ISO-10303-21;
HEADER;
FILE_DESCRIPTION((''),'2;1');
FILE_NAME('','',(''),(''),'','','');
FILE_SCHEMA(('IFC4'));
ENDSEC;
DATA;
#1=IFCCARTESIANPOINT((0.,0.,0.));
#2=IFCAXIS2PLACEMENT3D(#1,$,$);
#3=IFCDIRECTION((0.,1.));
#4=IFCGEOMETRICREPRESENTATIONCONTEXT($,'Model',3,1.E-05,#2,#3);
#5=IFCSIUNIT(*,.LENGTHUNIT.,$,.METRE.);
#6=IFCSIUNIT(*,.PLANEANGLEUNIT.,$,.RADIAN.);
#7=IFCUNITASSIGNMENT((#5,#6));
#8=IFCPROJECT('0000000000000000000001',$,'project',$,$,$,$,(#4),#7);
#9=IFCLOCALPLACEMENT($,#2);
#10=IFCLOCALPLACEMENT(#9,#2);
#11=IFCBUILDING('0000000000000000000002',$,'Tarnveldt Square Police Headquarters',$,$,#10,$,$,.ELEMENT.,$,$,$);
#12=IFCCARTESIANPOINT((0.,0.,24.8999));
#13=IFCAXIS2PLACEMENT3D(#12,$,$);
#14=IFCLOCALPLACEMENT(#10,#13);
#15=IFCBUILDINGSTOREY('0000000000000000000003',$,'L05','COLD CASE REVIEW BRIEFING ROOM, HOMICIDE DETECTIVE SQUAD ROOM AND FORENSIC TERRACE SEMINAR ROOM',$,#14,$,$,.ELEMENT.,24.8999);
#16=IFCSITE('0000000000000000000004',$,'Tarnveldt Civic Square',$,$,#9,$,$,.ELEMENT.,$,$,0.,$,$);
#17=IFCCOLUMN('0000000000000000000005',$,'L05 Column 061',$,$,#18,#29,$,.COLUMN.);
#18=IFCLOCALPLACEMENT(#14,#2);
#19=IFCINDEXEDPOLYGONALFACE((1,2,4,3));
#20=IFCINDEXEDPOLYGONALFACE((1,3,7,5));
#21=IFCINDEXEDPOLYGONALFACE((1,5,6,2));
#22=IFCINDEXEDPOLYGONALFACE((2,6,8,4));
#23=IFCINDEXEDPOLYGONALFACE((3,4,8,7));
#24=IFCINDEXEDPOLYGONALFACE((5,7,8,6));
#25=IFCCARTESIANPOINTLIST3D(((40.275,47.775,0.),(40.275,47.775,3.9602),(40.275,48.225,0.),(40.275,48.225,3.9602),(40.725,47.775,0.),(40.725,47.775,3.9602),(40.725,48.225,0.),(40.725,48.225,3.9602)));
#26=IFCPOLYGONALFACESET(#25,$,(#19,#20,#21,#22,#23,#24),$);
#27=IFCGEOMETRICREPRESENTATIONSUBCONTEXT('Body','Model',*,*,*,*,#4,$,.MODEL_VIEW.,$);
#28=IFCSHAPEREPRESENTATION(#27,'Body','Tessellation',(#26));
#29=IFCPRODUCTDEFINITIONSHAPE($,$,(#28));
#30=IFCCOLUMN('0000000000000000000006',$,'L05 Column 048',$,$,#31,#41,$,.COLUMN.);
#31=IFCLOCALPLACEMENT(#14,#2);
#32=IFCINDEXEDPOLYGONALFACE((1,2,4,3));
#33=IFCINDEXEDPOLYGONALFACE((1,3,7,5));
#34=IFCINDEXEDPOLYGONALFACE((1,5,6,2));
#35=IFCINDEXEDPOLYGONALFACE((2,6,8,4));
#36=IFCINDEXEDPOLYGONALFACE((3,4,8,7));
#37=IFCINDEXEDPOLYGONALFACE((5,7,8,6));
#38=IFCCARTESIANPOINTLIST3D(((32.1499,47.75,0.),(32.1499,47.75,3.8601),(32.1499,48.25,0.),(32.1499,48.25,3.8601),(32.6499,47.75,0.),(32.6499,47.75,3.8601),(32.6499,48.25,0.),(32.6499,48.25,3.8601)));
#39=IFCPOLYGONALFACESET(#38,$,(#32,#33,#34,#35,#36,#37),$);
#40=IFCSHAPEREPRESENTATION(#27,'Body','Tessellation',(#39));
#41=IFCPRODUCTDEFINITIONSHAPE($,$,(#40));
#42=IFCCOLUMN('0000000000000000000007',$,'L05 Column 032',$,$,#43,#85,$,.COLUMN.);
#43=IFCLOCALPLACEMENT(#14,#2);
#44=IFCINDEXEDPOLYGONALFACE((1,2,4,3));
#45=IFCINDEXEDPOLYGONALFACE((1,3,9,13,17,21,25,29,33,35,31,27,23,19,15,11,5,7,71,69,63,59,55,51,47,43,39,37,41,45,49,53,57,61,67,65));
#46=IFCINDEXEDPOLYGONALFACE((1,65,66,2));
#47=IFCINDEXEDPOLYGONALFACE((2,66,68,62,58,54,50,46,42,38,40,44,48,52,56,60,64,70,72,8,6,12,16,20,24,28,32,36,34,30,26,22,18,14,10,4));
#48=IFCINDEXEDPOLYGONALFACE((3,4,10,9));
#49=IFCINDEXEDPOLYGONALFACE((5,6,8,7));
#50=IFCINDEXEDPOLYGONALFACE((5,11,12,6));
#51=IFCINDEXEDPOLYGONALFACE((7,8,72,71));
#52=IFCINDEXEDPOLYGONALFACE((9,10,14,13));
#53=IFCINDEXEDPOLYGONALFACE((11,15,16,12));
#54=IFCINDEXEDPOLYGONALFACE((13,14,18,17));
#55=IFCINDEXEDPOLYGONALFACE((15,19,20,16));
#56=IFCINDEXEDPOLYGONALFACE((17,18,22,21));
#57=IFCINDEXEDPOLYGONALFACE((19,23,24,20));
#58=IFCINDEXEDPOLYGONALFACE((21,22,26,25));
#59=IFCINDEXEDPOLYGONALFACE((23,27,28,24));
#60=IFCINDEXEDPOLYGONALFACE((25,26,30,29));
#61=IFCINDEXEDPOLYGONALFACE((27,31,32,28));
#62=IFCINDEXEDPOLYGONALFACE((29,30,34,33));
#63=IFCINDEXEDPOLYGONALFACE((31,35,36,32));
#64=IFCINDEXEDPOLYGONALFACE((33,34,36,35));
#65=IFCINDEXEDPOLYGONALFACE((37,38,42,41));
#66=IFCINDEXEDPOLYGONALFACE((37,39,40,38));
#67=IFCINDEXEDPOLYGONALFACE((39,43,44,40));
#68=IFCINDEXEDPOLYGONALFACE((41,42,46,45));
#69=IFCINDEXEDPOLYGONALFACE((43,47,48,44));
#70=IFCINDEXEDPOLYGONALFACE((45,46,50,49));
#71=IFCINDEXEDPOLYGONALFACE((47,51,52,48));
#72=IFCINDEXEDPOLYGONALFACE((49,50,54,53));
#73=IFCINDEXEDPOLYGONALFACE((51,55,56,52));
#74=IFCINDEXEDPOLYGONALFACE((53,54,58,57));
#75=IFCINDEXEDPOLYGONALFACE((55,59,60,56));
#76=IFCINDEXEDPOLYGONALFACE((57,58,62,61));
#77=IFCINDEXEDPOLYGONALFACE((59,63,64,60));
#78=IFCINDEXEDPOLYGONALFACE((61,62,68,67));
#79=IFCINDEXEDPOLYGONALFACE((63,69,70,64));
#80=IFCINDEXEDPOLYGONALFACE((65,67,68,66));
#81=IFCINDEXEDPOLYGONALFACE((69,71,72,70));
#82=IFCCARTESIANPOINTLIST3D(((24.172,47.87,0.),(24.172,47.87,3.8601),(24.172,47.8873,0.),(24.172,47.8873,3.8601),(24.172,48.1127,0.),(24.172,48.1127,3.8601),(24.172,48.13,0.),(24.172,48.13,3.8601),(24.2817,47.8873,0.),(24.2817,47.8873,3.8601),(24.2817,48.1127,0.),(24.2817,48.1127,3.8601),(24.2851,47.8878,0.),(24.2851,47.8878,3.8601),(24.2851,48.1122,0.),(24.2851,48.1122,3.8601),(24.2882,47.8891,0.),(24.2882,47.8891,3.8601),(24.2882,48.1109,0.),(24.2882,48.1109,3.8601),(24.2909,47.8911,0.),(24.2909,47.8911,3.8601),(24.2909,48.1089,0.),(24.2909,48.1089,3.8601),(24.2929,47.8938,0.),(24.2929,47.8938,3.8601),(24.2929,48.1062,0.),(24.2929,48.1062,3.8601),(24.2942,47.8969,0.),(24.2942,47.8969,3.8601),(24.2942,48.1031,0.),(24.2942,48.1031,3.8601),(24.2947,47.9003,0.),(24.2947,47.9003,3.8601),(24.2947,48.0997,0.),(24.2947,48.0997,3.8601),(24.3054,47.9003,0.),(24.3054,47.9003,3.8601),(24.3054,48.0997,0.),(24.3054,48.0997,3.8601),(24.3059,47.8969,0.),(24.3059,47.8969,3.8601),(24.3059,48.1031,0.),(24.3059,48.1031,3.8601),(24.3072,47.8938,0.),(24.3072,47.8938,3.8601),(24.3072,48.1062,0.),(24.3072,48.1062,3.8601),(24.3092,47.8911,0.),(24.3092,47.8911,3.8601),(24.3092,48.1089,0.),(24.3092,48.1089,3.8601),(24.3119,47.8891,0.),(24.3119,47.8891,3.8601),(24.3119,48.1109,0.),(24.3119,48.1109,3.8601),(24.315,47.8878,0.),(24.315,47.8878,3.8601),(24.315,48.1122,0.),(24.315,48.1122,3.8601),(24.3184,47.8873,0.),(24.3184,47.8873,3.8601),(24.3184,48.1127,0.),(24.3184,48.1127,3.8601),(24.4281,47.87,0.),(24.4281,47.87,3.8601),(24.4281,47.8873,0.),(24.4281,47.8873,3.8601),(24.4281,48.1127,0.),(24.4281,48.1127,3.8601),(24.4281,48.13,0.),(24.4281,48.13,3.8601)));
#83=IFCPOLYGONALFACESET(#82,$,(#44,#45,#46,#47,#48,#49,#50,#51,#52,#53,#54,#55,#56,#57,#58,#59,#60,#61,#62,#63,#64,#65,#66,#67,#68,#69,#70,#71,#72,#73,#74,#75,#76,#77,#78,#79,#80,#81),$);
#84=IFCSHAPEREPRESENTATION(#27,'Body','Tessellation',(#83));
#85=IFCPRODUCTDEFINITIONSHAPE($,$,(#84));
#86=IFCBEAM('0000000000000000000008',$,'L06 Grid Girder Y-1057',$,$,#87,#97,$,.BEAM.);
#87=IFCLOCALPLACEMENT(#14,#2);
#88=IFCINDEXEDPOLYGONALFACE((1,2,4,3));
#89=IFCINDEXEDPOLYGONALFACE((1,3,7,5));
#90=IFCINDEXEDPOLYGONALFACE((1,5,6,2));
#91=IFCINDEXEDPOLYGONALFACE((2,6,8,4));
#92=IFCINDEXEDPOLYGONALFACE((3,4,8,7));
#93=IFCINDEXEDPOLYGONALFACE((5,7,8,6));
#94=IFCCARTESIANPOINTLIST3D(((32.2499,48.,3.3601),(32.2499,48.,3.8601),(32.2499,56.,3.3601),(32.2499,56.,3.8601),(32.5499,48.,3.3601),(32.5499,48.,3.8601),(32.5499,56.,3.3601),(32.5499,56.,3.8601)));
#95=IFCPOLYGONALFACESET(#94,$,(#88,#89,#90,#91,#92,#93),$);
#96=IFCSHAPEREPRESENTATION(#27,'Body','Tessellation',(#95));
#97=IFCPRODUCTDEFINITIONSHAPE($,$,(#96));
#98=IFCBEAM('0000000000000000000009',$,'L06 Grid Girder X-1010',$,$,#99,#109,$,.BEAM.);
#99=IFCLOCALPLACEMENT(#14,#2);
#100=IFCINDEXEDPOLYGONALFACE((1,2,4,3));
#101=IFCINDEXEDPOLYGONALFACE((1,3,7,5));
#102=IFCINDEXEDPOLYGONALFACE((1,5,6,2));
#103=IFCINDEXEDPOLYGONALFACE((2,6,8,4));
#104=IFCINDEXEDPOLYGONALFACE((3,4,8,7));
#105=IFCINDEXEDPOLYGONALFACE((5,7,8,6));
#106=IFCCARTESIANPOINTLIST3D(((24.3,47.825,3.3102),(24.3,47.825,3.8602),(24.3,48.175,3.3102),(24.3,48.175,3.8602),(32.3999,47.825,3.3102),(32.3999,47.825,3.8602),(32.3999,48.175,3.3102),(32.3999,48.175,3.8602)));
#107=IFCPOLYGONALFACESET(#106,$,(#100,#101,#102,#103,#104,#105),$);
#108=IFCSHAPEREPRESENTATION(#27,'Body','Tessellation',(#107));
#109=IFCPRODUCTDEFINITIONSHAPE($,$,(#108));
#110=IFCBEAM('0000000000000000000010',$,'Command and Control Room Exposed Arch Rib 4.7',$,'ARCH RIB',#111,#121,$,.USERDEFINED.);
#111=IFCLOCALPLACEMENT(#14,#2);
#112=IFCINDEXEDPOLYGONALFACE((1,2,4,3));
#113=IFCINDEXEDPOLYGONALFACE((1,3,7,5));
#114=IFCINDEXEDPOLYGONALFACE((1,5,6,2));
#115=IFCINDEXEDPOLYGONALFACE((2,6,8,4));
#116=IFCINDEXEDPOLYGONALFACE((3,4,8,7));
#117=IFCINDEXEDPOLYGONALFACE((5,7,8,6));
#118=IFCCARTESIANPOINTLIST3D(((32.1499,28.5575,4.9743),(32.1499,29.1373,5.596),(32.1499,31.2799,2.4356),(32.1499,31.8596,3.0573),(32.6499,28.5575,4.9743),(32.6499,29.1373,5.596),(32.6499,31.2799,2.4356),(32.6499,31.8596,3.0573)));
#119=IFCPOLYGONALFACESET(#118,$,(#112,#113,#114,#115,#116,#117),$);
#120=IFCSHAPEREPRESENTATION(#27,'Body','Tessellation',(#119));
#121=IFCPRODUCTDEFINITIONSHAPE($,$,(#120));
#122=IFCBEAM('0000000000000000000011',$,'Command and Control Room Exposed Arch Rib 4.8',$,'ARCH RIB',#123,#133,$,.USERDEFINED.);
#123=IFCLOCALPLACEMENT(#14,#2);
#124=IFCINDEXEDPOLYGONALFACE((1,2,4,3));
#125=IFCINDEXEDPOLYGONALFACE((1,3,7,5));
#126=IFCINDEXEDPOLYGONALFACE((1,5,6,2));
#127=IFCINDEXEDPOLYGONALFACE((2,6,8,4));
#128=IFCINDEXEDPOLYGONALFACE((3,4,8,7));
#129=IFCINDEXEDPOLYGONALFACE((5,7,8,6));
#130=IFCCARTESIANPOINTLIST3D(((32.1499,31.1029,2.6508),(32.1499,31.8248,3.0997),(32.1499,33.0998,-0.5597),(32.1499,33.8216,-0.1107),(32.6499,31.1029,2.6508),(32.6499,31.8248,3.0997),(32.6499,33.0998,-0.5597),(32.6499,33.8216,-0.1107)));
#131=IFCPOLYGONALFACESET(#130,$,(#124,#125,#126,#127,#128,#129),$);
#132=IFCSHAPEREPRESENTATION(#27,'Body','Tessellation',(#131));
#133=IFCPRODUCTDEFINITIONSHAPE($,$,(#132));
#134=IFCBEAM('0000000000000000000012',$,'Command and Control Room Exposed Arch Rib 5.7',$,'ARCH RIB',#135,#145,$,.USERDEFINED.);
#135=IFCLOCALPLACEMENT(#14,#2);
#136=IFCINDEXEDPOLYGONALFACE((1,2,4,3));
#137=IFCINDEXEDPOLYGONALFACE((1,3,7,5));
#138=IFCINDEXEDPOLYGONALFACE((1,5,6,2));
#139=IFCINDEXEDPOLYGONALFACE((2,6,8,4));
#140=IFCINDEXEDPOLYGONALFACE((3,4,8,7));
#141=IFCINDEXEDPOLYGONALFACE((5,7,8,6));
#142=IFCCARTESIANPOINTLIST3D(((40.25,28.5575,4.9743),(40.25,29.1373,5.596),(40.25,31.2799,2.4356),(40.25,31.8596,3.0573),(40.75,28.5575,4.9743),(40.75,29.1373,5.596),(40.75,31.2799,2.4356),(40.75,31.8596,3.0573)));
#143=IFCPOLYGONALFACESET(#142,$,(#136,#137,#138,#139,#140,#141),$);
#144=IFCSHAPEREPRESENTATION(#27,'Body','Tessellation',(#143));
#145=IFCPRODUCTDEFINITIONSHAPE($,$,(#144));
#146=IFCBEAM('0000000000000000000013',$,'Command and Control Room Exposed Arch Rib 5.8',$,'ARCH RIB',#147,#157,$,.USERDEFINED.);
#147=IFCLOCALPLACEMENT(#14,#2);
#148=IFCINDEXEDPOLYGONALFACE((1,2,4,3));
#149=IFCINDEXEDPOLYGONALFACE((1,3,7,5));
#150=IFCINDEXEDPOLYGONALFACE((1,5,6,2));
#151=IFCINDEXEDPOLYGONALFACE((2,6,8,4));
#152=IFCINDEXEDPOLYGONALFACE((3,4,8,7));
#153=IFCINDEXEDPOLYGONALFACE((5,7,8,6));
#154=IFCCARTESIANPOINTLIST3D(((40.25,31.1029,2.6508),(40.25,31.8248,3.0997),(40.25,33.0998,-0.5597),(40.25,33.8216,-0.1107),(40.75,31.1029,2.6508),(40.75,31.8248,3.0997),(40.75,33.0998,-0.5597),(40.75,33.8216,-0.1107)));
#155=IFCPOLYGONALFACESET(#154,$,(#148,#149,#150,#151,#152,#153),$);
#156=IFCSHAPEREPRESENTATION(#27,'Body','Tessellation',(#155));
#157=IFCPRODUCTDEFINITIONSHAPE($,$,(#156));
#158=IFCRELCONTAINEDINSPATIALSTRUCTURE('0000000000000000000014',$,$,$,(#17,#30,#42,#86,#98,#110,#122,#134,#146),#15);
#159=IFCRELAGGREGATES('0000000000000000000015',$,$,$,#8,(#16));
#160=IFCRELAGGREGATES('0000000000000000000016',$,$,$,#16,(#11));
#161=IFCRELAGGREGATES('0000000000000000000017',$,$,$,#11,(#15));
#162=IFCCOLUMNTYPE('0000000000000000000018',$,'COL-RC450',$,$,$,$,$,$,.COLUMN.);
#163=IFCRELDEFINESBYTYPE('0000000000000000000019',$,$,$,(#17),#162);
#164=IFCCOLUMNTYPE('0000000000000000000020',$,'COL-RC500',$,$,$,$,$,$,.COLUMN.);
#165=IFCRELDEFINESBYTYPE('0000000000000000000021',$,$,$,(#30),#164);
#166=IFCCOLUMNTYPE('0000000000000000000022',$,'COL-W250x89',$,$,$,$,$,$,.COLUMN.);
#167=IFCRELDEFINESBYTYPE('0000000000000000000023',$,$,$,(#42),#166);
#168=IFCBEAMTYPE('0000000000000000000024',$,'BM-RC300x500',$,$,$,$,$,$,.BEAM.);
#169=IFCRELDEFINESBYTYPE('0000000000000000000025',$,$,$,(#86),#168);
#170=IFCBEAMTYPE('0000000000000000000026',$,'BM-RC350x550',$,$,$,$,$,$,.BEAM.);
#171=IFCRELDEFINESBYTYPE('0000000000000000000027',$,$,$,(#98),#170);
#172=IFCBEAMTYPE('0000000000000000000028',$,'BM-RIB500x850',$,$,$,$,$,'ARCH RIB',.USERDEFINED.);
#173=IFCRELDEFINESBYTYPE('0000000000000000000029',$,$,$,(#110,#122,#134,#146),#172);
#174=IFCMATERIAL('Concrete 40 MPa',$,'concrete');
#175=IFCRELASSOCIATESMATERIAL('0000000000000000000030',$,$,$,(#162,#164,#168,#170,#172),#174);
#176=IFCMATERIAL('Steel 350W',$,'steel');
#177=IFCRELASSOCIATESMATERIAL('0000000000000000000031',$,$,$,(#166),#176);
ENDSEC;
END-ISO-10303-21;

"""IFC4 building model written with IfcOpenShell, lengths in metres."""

from ifc_helpers import new_model, si_unit, direction, frame, origin, origin_2d, place, context, subcontext, project, spatial, rectangle, i_section, extrude, material, material_profile, profile_set, type_object, element, save


model = new_model("IFC4")

# Units and contexts
model_context = context("Model", 3, precision=1e-05, world=origin(), true_north=direction((0.0, 1.0)))
body_context = subcontext(model_context, "Body", "Model", "MODEL_VIEW")
ifc_project = project(units=[si_unit("LENGTHUNIT", "METRE"), si_unit("PLANEANGLEUNIT", "RADIAN")], contexts=[model_context])

# Site, building, storey
site_placement = place(None, origin())
site = spatial("IfcSite", under=ifc_project, at=site_placement, Name="Tarnveldt Civic Square", CompositionType="ELEMENT", RefElevation=0.0)
building_placement = place(site_placement, origin())
building = spatial("IfcBuilding", under=site, at=building_placement, Name="Tarnveldt Square Police Headquarters", CompositionType="ELEMENT")
storey_placement = place(building_placement, frame((0.0, 0.0, 24.8999)))
storey = spatial("IfcBuildingStorey", under=building, at=storey_placement, Name="L05", Description="COLD CASE REVIEW BRIEFING ROOM, HOMICIDE DETECTIVE SQUAD ROOM AND FORENSIC TERRACE SEMINAR ROOM", CompositionType="ELEMENT", Elevation=24.8999)

# Columns
ifc_material_1 = material(Name="Concrete 40 MPa", Category="concrete")
ifc_material_profile_1 = material_profile(ifc_material_1, rectangle(XDim=0.45, YDim=0.45, at=origin_2d()), Name="RC-C450x450")
ifc_profile_set_1 = profile_set([ifc_material_profile_1], Name="Concrete 40 MPa")
column_type_1 = type_object("IfcColumnType", Name="COL-RC450", PredefinedType="COLUMN", material=ifc_profile_set_1)
column_1_placement = place(storey_placement, frame((40.5, 48.0, 0.0), z_axis=(0.0, 0.0, 1.0), x_axis=(1.0, 0.0, 0.0)))
element("IfcColumn", 1, at=column_1_placement, inside=storey, type_object=column_type_1, Name="L05 Column 061", PredefinedType="COLUMN", context=body_context, shape_type="SweptSolid", body=[
    extrude(rectangle(XDim=0.45, YDim=0.45, at=origin_2d()), origin(), (0.0, 0.0, 1.0), 3.9602),
])
ifc_material_profile_2 = material_profile(ifc_material_1, rectangle(XDim=0.5, YDim=0.5, at=origin_2d()), Name="RC-C500x500")
ifc_profile_set_2 = profile_set([ifc_material_profile_2], Name="Concrete 40 MPa")
column_type_2 = type_object("IfcColumnType", Name="COL-RC500", PredefinedType="COLUMN", material=ifc_profile_set_2)
column_2_placement = place(storey_placement, frame((32.3999, 48.0, 0.0), z_axis=(0.0, 0.0, 1.0), x_axis=(1.0, 0.0, 0.0)))
element("IfcColumn", 2, at=column_2_placement, inside=storey, type_object=column_type_2, Name="L05 Column 048", PredefinedType="COLUMN", context=body_context, shape_type="SweptSolid", body=[
    extrude(rectangle(XDim=0.5, YDim=0.5, at=origin_2d()), origin(), (0.0, 0.0, 1.0), 3.8601),
])
ifc_material_2 = material(Name="Steel 350W", Category="steel")
ifc_material_profile_3 = material_profile(ifc_material_2, i_section(OverallWidth=0.2561, OverallDepth=0.26, WebThickness=0.0107, FlangeThickness=0.0173, FilletRadius=0.0129, at=origin_2d()), Name="W250x89")
ifc_profile_set_3 = profile_set([ifc_material_profile_3], Name="Steel 350W")
column_type_3 = type_object("IfcColumnType", Name="COL-W250x89", PredefinedType="COLUMN", material=ifc_profile_set_3)
column_3_placement = place(storey_placement, frame((24.3, 48.0, 0.0), z_axis=(0.0, 0.0, 1.0), x_axis=(1.0, 0.0, 0.0)))
element("IfcColumn", 3, at=column_3_placement, inside=storey, type_object=column_type_3, Name="L05 Column 032", PredefinedType="COLUMN", context=body_context, shape_type="SweptSolid", body=[
    extrude(i_section(OverallWidth=0.2561, OverallDepth=0.26, WebThickness=0.0107, FlangeThickness=0.0173, FilletRadius=0.0129, at=origin_2d()), origin(), (0.0, 0.0, 1.0), 3.8601),
])

# Beams
ifc_material_profile_4 = material_profile(ifc_material_1, rectangle(XDim=0.3, YDim=0.5, at=origin_2d()), Name="RC-B300x500")
ifc_profile_set_4 = profile_set([ifc_material_profile_4], Name="Concrete 40 MPa")
beam_type_1 = type_object("IfcBeamType", Name="BM-RC300x500", PredefinedType="BEAM", material=ifc_profile_set_4)
beam_1_placement = place(storey_placement, frame((32.3999, 48.0, 3.6101), z_axis=(0.0, 1.0, 0.0), x_axis=(-1.0, 0.0, 0.0)))
element("IfcBeam", 4, at=beam_1_placement, inside=storey, type_object=beam_type_1, Name="L06 Grid Girder Y-1057", PredefinedType="BEAM", context=body_context, shape_type="SweptSolid", body=[
    extrude(rectangle(XDim=0.3, YDim=0.5, at=origin_2d()), origin(), (0.0, 0.0, 1.0), 8.0),
])
ifc_material_profile_5 = material_profile(ifc_material_1, rectangle(XDim=0.3501, YDim=0.55, at=origin_2d()), Name="RC-B350x550")
ifc_profile_set_5 = profile_set([ifc_material_profile_5], Name="Concrete 40 MPa")
beam_type_2 = type_object("IfcBeamType", Name="BM-RC350x550", PredefinedType="BEAM", material=ifc_profile_set_5)
beam_2_placement = place(storey_placement, frame((24.3, 48.0, 3.5852), z_axis=(1.0, 0.0, 0.0), x_axis=(0.0, 1.0, 0.0)))
element("IfcBeam", 5, at=beam_2_placement, inside=storey, type_object=beam_type_2, Name="L06 Grid Girder X-1010", PredefinedType="BEAM", context=body_context, shape_type="SweptSolid", body=[
    extrude(rectangle(XDim=0.3501, YDim=0.55, at=origin_2d()), origin(), (0.0, 0.0, 1.0), 8.0999),
])
ifc_material_profile_6 = material_profile(ifc_material_1, rectangle(XDim=0.5, YDim=0.8501, at=origin_2d()), Name="RC-RIB500x850")
ifc_profile_set_6 = profile_set([ifc_material_profile_6], Name="Concrete 40 MPa")
beam_type_3 = type_object("IfcBeamType", Name="BM-RIB500x850", ElementType="ARCH RIB", PredefinedType="USERDEFINED", material=ifc_profile_set_6)
beam_3_placement = place(storey_placement, frame((32.3999, 28.8474, 5.2852), z_axis=(0.0, 0.731337, -0.682017), x_axis=(-1.0, 0.0, 0.0)))
element("IfcBeam", 6, at=beam_3_placement, inside=storey, type_object=beam_type_3, Name="Command and Control Room Exposed Arch Rib 4.7", ObjectType="ARCH RIB", PredefinedType="USERDEFINED", context=body_context, shape_type="SweptSolid", body=[
    extrude(rectangle(XDim=0.5, YDim=0.8501, at=origin_2d()), origin(), (0.0, 0.0, 1.0), 3.7224),
])
beam_4_placement = place(storey_placement, frame((32.3999, 31.4639, 2.8752), z_axis=(0.0, 0.528152, -0.84915), x_axis=(-1.0, 0.0, 0.0)))
element("IfcBeam", 7, at=beam_4_placement, inside=storey, type_object=beam_type_3, Name="Command and Control Room Exposed Arch Rib 4.8", ObjectType="ARCH RIB", PredefinedType="USERDEFINED", context=body_context, shape_type="SweptSolid", body=[
    extrude(rectangle(XDim=0.5, YDim=0.8501, at=origin_2d()), origin(), (0.0, 0.0, 1.0), 3.7808),
])
beam_5_placement = place(storey_placement, frame((40.5, 28.8474, 5.2852), z_axis=(0.0, 0.731337, -0.682017), x_axis=(-1.0, 0.0, 0.0)))
element("IfcBeam", 8, at=beam_5_placement, inside=storey, type_object=beam_type_3, Name="Command and Control Room Exposed Arch Rib 5.7", ObjectType="ARCH RIB", PredefinedType="USERDEFINED", context=body_context, shape_type="SweptSolid", body=[
    extrude(rectangle(XDim=0.5, YDim=0.8501, at=origin_2d()), origin(), (0.0, 0.0, 1.0), 3.7224),
])
beam_6_placement = place(storey_placement, frame((40.5, 31.4639, 2.8752), z_axis=(0.0, 0.528152, -0.84915), x_axis=(-1.0, 0.0, 0.0)))
element("IfcBeam", 9, at=beam_6_placement, inside=storey, type_object=beam_type_3, Name="Command and Control Room Exposed Arch Rib 5.8", ObjectType="ARCH RIB", PredefinedType="USERDEFINED", context=body_context, shape_type="SweptSolid", body=[
    extrude(rectangle(XDim=0.5, YDim=0.8501, at=origin_2d()), origin(), (0.0, 0.0, 1.0), 3.7808),
])

save(model, "model.ifc")
